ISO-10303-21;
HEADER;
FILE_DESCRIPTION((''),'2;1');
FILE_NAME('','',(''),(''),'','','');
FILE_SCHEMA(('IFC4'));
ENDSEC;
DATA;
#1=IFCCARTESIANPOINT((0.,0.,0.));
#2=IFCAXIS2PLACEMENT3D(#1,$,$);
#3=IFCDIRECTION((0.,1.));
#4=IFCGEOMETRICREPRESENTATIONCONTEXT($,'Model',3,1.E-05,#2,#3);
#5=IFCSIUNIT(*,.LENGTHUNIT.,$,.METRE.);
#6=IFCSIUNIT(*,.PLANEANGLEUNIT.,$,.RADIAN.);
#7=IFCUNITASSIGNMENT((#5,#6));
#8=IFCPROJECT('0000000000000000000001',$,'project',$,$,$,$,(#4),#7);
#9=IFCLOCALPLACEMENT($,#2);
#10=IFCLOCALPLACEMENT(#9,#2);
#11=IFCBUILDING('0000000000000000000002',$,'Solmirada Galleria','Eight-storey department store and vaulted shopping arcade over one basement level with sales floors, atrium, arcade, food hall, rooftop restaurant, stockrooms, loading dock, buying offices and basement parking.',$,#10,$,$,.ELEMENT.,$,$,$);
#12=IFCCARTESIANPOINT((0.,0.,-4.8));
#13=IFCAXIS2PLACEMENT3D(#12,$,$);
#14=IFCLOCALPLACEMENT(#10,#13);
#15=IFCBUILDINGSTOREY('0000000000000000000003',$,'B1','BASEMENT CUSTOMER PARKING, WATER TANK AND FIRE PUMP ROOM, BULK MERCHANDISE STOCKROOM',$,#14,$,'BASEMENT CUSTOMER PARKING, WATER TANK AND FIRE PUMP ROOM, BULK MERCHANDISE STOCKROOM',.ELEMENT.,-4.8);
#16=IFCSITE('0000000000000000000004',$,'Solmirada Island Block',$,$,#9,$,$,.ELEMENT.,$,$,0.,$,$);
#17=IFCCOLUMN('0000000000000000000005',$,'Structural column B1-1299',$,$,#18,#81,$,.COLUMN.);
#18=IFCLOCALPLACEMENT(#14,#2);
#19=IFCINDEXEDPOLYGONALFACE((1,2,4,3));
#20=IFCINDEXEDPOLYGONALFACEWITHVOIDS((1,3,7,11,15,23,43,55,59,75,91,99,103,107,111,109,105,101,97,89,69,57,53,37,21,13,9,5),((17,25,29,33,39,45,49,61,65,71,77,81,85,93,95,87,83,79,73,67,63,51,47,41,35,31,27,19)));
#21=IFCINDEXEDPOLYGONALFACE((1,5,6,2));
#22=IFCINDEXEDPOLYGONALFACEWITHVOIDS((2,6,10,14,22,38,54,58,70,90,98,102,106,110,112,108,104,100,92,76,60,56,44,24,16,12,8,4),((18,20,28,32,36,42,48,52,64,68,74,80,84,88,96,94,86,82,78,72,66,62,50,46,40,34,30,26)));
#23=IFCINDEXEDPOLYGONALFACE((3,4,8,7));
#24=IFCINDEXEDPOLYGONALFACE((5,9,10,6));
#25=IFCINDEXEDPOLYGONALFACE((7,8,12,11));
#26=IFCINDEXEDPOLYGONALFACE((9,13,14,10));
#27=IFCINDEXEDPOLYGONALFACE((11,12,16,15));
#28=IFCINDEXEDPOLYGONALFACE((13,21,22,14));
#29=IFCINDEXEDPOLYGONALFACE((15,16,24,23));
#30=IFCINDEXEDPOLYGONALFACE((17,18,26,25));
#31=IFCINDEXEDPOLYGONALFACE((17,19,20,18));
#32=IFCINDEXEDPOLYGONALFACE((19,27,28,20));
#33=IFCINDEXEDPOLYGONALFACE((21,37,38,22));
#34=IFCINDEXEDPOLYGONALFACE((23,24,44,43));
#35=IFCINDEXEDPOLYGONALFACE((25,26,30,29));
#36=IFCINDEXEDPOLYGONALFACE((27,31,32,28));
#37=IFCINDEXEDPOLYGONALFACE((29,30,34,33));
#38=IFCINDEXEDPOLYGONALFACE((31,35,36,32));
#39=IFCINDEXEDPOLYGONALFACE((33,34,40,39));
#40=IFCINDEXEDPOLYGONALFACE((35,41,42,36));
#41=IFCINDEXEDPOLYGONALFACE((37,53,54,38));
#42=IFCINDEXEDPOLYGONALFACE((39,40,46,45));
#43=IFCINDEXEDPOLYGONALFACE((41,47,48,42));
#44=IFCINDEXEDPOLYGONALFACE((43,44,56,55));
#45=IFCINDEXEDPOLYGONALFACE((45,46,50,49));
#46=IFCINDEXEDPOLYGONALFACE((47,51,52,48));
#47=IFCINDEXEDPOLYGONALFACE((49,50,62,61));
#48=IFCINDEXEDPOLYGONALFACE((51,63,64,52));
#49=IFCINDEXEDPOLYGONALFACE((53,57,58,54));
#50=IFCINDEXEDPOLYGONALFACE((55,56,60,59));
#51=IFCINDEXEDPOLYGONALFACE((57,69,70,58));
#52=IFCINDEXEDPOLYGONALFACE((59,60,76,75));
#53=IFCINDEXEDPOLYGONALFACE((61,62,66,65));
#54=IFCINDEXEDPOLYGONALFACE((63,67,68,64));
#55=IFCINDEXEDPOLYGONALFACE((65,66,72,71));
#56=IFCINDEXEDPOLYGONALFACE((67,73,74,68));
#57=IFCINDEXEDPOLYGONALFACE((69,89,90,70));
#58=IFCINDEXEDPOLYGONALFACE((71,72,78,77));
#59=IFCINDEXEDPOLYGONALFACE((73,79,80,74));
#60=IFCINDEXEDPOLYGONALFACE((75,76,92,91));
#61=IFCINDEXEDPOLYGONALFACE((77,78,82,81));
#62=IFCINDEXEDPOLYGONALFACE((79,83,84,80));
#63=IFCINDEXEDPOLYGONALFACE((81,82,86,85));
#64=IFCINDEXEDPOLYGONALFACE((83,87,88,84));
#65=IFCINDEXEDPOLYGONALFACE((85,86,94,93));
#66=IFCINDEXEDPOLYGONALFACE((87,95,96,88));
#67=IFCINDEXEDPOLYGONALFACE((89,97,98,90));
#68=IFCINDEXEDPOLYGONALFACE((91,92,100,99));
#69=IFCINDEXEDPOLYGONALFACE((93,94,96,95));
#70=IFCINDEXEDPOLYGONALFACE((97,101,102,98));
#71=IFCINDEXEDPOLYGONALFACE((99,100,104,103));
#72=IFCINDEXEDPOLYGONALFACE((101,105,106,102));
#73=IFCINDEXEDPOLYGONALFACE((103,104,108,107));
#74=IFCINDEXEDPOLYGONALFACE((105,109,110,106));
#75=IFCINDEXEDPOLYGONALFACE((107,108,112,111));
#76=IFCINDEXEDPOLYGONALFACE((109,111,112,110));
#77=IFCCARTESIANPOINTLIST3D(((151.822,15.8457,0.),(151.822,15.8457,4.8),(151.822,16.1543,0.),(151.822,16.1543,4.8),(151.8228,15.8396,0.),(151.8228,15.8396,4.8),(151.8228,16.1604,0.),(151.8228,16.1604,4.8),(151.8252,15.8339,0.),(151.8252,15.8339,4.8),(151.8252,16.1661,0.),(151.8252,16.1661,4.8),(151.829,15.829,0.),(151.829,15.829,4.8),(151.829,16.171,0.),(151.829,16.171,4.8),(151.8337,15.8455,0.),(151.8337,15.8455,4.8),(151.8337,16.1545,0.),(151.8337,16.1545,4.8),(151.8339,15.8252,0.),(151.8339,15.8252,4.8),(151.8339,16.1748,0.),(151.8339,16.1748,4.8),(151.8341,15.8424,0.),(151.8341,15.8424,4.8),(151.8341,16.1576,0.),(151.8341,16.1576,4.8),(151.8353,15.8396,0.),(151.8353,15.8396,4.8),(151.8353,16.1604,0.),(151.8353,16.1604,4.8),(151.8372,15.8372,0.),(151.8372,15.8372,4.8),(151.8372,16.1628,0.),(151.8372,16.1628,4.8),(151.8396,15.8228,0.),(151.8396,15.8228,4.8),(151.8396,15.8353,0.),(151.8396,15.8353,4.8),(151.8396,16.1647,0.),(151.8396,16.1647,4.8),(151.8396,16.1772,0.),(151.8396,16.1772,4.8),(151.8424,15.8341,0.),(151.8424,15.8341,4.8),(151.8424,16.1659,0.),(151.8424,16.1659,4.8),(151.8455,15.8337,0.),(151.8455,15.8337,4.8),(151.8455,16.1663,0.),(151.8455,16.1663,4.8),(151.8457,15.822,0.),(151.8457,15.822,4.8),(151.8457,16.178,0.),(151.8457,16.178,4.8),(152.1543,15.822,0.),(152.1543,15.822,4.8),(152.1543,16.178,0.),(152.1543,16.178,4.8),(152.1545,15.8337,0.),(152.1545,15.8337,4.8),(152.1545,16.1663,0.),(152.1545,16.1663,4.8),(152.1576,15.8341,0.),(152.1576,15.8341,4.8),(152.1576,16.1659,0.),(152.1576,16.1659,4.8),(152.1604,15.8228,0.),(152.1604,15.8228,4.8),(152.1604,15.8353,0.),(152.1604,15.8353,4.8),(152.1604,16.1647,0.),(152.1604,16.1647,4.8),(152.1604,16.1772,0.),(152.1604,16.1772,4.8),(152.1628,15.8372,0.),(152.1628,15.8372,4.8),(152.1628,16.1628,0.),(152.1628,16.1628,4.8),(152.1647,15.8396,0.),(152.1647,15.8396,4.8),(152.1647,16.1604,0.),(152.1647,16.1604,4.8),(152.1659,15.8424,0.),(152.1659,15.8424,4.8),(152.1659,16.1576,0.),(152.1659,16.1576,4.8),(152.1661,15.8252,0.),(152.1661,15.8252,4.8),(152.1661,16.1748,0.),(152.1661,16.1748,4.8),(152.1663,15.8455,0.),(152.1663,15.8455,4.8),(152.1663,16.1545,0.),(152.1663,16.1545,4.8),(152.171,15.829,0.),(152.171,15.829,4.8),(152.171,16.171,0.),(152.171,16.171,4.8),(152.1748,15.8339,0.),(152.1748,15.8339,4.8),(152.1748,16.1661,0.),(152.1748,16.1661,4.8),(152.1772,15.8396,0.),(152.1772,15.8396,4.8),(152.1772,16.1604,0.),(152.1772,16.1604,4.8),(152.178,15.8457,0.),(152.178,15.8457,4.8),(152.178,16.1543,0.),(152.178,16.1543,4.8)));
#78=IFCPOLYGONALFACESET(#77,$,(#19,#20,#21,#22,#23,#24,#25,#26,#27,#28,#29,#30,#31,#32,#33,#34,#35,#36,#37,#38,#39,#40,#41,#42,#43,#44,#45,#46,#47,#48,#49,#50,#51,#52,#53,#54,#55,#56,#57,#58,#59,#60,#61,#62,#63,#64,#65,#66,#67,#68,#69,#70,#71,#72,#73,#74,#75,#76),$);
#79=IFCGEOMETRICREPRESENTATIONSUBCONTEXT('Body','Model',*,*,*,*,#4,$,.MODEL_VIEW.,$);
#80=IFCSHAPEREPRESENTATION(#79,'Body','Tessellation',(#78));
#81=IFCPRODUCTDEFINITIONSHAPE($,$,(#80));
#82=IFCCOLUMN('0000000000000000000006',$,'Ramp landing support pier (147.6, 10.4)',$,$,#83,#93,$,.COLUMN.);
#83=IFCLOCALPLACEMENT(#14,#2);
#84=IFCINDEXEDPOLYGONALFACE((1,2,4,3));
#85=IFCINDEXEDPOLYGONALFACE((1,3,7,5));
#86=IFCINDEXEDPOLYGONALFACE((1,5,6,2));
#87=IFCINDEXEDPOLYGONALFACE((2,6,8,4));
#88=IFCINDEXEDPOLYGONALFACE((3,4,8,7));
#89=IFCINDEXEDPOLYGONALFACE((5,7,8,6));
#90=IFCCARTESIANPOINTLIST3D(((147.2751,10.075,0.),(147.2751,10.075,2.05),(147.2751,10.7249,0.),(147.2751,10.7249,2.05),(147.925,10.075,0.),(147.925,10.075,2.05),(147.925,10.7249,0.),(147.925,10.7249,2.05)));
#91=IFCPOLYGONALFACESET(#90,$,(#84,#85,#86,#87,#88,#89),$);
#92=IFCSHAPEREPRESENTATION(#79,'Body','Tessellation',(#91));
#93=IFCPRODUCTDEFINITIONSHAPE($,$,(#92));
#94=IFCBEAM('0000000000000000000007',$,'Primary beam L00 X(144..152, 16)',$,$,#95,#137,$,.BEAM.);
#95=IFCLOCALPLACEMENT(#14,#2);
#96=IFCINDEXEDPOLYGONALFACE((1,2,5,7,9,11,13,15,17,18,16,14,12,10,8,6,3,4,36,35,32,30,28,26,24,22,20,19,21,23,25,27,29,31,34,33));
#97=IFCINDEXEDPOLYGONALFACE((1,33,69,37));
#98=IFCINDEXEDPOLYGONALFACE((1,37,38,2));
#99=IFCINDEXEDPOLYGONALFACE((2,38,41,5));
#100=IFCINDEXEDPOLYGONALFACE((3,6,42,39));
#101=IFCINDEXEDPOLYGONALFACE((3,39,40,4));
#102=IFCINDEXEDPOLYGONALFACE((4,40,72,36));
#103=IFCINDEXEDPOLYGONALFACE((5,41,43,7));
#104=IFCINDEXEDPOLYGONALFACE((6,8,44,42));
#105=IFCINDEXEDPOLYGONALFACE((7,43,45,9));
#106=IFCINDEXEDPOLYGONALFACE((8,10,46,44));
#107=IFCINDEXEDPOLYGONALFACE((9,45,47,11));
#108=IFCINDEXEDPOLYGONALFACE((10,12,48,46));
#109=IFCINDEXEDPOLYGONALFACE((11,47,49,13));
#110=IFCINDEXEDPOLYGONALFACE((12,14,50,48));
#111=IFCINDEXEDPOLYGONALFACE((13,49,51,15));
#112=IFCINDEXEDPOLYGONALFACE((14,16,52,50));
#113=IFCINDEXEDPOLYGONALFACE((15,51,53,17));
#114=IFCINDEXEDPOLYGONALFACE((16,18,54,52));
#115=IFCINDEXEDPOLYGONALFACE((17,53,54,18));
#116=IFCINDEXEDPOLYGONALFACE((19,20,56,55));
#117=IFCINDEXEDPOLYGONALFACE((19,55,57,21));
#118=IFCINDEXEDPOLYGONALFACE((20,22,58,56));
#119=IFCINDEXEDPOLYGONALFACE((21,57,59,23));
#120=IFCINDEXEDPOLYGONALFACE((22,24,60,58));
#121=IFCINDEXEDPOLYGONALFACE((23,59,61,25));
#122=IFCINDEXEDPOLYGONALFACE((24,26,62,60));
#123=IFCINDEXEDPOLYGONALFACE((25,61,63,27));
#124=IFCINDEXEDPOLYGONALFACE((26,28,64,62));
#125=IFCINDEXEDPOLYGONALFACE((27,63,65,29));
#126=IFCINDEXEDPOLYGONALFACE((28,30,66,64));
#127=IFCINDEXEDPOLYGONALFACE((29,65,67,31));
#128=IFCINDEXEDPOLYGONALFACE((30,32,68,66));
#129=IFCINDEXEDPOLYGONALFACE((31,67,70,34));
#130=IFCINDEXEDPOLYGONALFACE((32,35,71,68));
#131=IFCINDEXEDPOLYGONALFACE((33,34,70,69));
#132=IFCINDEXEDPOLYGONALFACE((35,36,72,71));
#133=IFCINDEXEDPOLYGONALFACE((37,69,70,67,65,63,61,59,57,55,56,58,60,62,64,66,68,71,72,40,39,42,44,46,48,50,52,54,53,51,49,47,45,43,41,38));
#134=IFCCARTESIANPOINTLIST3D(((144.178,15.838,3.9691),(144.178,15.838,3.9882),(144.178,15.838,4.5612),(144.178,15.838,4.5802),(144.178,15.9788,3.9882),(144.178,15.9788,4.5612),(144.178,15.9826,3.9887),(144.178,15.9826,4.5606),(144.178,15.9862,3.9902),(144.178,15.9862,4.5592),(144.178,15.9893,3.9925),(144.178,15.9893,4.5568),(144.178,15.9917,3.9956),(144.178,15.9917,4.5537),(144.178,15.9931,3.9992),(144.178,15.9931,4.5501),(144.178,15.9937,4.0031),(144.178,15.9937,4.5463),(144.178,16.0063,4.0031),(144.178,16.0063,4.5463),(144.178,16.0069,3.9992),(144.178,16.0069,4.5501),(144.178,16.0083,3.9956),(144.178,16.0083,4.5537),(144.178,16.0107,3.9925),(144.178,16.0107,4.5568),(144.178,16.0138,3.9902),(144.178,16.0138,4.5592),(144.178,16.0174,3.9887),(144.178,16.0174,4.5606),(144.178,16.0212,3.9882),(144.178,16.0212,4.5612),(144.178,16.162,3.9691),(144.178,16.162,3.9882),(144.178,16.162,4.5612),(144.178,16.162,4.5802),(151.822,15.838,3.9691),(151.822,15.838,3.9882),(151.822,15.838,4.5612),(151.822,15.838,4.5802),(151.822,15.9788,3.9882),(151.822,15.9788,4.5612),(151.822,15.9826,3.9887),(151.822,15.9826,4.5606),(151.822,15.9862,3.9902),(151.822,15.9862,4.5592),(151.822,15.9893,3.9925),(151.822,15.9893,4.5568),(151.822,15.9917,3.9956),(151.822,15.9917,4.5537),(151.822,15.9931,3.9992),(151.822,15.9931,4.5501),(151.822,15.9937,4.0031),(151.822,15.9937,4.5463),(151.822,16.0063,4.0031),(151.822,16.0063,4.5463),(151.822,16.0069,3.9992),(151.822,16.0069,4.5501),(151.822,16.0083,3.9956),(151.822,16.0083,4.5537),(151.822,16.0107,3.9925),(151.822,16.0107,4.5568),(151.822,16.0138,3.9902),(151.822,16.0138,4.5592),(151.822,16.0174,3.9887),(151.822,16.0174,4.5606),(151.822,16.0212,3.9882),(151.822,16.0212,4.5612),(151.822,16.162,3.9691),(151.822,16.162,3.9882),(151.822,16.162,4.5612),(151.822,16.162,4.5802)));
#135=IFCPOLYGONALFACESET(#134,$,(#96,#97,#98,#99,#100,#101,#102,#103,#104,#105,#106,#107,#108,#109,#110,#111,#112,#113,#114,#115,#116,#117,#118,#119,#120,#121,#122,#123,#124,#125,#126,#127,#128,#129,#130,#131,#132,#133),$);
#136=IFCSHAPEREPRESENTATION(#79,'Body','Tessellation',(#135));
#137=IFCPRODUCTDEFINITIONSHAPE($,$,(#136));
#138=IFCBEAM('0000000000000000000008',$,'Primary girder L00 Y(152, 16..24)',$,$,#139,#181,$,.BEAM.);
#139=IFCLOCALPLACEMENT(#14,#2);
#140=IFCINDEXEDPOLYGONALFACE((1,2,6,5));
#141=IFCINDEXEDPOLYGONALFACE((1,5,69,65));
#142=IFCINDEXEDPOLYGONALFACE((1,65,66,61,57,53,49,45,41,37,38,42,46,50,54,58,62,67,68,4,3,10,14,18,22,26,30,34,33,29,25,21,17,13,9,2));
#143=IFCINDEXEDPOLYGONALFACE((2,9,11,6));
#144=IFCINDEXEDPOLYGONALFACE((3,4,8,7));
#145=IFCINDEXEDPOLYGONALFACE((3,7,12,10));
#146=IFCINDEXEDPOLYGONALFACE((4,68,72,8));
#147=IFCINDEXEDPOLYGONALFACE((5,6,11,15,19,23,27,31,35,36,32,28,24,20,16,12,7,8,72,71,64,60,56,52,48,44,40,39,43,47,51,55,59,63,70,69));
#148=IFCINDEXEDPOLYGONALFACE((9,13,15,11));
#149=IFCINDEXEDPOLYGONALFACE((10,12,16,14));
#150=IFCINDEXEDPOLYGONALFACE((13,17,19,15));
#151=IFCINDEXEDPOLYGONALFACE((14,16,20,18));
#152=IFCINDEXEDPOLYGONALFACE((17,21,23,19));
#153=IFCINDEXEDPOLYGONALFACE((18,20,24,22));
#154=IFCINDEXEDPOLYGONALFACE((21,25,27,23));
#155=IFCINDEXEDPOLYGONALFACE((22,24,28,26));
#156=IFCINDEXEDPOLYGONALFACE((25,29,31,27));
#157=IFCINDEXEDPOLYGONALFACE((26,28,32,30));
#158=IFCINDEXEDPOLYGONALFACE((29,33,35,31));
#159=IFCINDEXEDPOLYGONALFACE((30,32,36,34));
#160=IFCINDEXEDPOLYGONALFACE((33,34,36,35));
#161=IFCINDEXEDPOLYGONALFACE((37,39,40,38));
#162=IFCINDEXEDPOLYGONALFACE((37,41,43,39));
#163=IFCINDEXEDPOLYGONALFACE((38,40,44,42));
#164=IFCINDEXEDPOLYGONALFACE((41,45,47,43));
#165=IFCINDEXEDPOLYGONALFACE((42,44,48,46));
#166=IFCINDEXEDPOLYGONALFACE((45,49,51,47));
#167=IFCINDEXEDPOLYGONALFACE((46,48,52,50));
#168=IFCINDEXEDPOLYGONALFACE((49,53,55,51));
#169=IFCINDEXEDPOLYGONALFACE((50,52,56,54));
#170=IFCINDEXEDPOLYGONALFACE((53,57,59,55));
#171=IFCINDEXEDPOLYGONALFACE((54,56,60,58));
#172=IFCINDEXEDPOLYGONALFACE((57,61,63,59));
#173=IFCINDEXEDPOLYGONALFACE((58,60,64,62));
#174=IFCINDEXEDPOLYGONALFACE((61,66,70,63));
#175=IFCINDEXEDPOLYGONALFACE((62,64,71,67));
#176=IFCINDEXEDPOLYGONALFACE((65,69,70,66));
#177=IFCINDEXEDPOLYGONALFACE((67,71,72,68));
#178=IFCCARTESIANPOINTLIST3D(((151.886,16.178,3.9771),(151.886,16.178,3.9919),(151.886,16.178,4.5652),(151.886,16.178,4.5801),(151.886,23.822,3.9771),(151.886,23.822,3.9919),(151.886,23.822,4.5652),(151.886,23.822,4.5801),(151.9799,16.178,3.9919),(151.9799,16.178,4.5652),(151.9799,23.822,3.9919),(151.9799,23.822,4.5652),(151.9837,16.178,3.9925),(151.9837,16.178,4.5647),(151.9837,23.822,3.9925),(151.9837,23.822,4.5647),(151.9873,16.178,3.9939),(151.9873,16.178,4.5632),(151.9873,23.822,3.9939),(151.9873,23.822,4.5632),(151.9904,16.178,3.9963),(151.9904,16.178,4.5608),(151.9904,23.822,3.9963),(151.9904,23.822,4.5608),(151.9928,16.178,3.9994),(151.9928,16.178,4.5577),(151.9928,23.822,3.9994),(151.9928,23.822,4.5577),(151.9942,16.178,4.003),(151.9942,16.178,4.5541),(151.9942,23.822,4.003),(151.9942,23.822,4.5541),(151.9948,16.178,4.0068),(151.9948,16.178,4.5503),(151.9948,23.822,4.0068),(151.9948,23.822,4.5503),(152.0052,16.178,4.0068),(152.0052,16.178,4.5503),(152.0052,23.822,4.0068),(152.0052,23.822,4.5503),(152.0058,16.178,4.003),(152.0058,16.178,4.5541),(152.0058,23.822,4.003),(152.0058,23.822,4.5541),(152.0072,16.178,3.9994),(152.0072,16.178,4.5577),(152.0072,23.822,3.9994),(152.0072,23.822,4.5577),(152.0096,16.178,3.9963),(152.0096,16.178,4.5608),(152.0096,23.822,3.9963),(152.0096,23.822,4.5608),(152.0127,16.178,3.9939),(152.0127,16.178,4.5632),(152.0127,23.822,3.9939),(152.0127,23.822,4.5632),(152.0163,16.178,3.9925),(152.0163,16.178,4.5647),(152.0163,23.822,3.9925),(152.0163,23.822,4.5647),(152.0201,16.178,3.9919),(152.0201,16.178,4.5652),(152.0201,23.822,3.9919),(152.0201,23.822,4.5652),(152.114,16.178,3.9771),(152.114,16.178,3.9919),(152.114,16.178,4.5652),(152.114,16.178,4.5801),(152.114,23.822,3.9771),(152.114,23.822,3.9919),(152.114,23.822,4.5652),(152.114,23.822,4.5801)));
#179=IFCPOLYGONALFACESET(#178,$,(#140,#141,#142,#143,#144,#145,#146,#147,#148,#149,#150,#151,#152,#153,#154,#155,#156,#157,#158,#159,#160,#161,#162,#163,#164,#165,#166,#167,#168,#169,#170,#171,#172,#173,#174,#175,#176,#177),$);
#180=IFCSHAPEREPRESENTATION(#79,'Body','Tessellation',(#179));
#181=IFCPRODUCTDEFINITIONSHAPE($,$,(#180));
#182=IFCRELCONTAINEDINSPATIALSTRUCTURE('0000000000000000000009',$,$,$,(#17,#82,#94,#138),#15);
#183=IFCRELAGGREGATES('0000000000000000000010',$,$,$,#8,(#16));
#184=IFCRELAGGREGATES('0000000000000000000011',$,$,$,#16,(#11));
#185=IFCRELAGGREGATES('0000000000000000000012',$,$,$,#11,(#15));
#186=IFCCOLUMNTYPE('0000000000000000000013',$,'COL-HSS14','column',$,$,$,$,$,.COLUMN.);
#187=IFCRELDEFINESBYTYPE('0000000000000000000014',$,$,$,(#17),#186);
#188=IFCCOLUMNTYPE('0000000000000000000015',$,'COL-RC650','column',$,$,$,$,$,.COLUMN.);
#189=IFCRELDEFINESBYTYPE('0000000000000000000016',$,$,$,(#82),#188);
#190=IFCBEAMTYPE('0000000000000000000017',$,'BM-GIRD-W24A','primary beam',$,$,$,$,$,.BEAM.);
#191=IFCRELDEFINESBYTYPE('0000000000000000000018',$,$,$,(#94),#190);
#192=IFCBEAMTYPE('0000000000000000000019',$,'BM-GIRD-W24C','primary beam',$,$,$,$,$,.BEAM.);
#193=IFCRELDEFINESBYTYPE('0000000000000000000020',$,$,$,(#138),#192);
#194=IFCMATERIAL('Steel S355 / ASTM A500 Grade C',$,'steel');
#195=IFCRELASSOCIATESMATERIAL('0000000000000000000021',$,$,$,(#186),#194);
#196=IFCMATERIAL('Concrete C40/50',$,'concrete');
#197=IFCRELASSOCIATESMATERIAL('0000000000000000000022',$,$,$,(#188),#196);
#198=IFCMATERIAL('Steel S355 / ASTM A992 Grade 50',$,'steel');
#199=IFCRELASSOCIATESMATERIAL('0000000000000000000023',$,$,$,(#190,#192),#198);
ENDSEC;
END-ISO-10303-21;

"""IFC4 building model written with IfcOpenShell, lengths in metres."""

from ifc_helpers import new_model, si_unit, direction, frame, origin, origin_2d, place, context, subcontext, project, spatial, rectangle, hollow_rectangle, i_section, extrude, material, material_profile, profile_set, type_object, element, save


model = new_model("IFC4")

# Units and contexts
model_context = context("Model", 3, precision=1e-05, world=origin(), true_north=direction((0.0, 1.0)))
body_context = subcontext(model_context, "Body", "Model", "MODEL_VIEW")
ifc_project = project(units=[si_unit("LENGTHUNIT", "METRE"), si_unit("PLANEANGLEUNIT", "RADIAN")], contexts=[model_context])

# Site, building, storey
site_placement = place(None, origin())
site = spatial("IfcSite", under=ifc_project, at=site_placement, Name="Solmirada Island Block", CompositionType="ELEMENT", RefElevation=0.0)
building_placement = place(site_placement, origin())
building = spatial("IfcBuilding", under=site, at=building_placement, Name="Solmirada Galleria", Description="Eight-storey department store and vaulted shopping arcade over one basement level with sales floors, atrium, arcade, food hall, rooftop restaurant, stockrooms, loading dock, buying offices and basement parking.", CompositionType="ELEMENT")
storey_placement = place(building_placement, frame((0.0, 0.0, -4.8)))
storey = spatial("IfcBuildingStorey", under=building, at=storey_placement, Name="B1", Description="BASEMENT CUSTOMER PARKING, WATER TANK AND FIRE PUMP ROOM, BULK MERCHANDISE STOCKROOM", LongName="BASEMENT CUSTOMER PARKING, WATER TANK AND FIRE PUMP ROOM, BULK MERCHANDISE STOCKROOM", CompositionType="ELEMENT", Elevation=-4.8)

# Shared definitions
ifc_material_1 = material(Name="Concrete C40/50", Category="concrete")

# Columns
ifc_material_2 = material(Name="Steel S355 / ASTM A500 Grade C", Category="steel")
ifc_material_profile_1 = material_profile(ifc_material_2, hollow_rectangle(XDim=0.356, YDim=0.356, WallThickness=0.0117, InnerFilletRadius=0.0117, OuterFilletRadius=0.0237, at=origin_2d()), Name="HSS14X14X1/2")
ifc_profile_set_1 = profile_set([ifc_material_profile_1], Name="Steel S355 / ASTM A500 Grade C")
column_type_1 = type_object("IfcColumnType", Name="COL-HSS14", Description="column", PredefinedType="COLUMN", material=ifc_profile_set_1)
for number, where, z_axis, x_axis, name in (
    (1, (152.0, 16.0, 0.0), (0.0, 0.0, 1.0), (1.0, 0.0, 0.0), "Structural column B1-1299"),
):
    element("IfcColumn", number, at=place(storey_placement, frame(where, z_axis=z_axis, x_axis=x_axis)), inside=storey, type_object=column_type_1, Name=name, PredefinedType="COLUMN", context=body_context, shape_type="SweptSolid", body=[
        extrude(hollow_rectangle(XDim=0.356, YDim=0.356, WallThickness=0.0117, InnerFilletRadius=0.0117, OuterFilletRadius=0.0237, at=origin_2d()), origin(), (0.0, 0.0, 1.0), 4.8),
    ])
ifc_material_profile_2 = material_profile(ifc_material_1, rectangle(XDim=0.6499, YDim=0.6499, at=origin_2d()), Name="RC650X650")
ifc_profile_set_2 = profile_set([ifc_material_profile_2], Name="Concrete C40/50")
column_type_2 = type_object("IfcColumnType", Name="COL-RC650", Description="column", PredefinedType="COLUMN", material=ifc_profile_set_2)
column_placement = place(storey_placement, frame((147.6001, 10.3999, 0.0), z_axis=(0.0, 0.0, 1.0), x_axis=(1.0, 0.0, 0.0)))
element("IfcColumn", 2, at=column_placement, inside=storey, type_object=column_type_2, Name="Ramp landing support pier (147.6, 10.4)", PredefinedType="COLUMN", context=body_context, shape_type="SweptSolid", body=[
    extrude(rectangle(XDim=0.6499, YDim=0.6499, at=origin_2d()), origin(), (0.0, 0.0, 1.0), 2.05),
])

# Beams
ifc_material_3 = material(Name="Steel S355 / ASTM A992 Grade 50", Category="steel")
ifc_material_profile_3 = material_profile(ifc_material_3, i_section(OverallWidth=0.324, OverallDepth=0.6111, WebThickness=0.0127, FlangeThickness=0.019, FilletRadius=0.0149, at=origin_2d()), Name="W24X104")
ifc_profile_set_3 = profile_set([ifc_material_profile_3], Name="Steel S355 / ASTM A992 Grade 50")
beam_type_1 = type_object("IfcBeamType", Name="BM-GIRD-W24A", Description="primary beam", PredefinedType="BEAM", material=ifc_profile_set_3)
beam_1_placement = place(storey_placement, frame((144.178, 16.0, 4.2747), z_axis=(1.0, 0.0, 0.0), x_axis=(0.0, 1.0, 0.0)))
element("IfcBeam", 3, at=beam_1_placement, inside=storey, type_object=beam_type_1, Name="Primary beam L00 X(144..152, 16)", PredefinedType="BEAM", context=body_context, shape_type="SweptSolid", body=[
    extrude(i_section(OverallWidth=0.324, OverallDepth=0.6111, WebThickness=0.0127, FlangeThickness=0.019, FilletRadius=0.0149, at=origin_2d()), origin(), (0.0, 0.0, 1.0), 7.644),
])
ifc_material_profile_4 = material_profile(ifc_material_3, i_section(OverallWidth=0.228, OverallDepth=0.603, WebThickness=0.0105, FlangeThickness=0.0149, FilletRadius=0.0149, at=origin_2d()), Name="W24X68")
ifc_profile_set_4 = profile_set([ifc_material_profile_4], Name="Steel S355 / ASTM A992 Grade 50")
beam_type_2 = type_object("IfcBeamType", Name="BM-GIRD-W24C", Description="primary beam", PredefinedType="BEAM", material=ifc_profile_set_4)
beam_2_placement = place(storey_placement, frame((152.0, 16.178, 4.2786), z_axis=(0.0, 1.0, 0.0), x_axis=(-1.0, 0.0, 0.0)))
element("IfcBeam", 4, at=beam_2_placement, inside=storey, type_object=beam_type_2, Name="Primary girder L00 Y(152, 16..24)", PredefinedType="BEAM", context=body_context, shape_type="SweptSolid", body=[
    extrude(i_section(OverallWidth=0.228, OverallDepth=0.603, WebThickness=0.0105, FlangeThickness=0.0149, FilletRadius=0.0149, at=origin_2d()), origin(), (0.0, 0.0, 1.0), 7.644),
])

save(model, "model.ifc")
